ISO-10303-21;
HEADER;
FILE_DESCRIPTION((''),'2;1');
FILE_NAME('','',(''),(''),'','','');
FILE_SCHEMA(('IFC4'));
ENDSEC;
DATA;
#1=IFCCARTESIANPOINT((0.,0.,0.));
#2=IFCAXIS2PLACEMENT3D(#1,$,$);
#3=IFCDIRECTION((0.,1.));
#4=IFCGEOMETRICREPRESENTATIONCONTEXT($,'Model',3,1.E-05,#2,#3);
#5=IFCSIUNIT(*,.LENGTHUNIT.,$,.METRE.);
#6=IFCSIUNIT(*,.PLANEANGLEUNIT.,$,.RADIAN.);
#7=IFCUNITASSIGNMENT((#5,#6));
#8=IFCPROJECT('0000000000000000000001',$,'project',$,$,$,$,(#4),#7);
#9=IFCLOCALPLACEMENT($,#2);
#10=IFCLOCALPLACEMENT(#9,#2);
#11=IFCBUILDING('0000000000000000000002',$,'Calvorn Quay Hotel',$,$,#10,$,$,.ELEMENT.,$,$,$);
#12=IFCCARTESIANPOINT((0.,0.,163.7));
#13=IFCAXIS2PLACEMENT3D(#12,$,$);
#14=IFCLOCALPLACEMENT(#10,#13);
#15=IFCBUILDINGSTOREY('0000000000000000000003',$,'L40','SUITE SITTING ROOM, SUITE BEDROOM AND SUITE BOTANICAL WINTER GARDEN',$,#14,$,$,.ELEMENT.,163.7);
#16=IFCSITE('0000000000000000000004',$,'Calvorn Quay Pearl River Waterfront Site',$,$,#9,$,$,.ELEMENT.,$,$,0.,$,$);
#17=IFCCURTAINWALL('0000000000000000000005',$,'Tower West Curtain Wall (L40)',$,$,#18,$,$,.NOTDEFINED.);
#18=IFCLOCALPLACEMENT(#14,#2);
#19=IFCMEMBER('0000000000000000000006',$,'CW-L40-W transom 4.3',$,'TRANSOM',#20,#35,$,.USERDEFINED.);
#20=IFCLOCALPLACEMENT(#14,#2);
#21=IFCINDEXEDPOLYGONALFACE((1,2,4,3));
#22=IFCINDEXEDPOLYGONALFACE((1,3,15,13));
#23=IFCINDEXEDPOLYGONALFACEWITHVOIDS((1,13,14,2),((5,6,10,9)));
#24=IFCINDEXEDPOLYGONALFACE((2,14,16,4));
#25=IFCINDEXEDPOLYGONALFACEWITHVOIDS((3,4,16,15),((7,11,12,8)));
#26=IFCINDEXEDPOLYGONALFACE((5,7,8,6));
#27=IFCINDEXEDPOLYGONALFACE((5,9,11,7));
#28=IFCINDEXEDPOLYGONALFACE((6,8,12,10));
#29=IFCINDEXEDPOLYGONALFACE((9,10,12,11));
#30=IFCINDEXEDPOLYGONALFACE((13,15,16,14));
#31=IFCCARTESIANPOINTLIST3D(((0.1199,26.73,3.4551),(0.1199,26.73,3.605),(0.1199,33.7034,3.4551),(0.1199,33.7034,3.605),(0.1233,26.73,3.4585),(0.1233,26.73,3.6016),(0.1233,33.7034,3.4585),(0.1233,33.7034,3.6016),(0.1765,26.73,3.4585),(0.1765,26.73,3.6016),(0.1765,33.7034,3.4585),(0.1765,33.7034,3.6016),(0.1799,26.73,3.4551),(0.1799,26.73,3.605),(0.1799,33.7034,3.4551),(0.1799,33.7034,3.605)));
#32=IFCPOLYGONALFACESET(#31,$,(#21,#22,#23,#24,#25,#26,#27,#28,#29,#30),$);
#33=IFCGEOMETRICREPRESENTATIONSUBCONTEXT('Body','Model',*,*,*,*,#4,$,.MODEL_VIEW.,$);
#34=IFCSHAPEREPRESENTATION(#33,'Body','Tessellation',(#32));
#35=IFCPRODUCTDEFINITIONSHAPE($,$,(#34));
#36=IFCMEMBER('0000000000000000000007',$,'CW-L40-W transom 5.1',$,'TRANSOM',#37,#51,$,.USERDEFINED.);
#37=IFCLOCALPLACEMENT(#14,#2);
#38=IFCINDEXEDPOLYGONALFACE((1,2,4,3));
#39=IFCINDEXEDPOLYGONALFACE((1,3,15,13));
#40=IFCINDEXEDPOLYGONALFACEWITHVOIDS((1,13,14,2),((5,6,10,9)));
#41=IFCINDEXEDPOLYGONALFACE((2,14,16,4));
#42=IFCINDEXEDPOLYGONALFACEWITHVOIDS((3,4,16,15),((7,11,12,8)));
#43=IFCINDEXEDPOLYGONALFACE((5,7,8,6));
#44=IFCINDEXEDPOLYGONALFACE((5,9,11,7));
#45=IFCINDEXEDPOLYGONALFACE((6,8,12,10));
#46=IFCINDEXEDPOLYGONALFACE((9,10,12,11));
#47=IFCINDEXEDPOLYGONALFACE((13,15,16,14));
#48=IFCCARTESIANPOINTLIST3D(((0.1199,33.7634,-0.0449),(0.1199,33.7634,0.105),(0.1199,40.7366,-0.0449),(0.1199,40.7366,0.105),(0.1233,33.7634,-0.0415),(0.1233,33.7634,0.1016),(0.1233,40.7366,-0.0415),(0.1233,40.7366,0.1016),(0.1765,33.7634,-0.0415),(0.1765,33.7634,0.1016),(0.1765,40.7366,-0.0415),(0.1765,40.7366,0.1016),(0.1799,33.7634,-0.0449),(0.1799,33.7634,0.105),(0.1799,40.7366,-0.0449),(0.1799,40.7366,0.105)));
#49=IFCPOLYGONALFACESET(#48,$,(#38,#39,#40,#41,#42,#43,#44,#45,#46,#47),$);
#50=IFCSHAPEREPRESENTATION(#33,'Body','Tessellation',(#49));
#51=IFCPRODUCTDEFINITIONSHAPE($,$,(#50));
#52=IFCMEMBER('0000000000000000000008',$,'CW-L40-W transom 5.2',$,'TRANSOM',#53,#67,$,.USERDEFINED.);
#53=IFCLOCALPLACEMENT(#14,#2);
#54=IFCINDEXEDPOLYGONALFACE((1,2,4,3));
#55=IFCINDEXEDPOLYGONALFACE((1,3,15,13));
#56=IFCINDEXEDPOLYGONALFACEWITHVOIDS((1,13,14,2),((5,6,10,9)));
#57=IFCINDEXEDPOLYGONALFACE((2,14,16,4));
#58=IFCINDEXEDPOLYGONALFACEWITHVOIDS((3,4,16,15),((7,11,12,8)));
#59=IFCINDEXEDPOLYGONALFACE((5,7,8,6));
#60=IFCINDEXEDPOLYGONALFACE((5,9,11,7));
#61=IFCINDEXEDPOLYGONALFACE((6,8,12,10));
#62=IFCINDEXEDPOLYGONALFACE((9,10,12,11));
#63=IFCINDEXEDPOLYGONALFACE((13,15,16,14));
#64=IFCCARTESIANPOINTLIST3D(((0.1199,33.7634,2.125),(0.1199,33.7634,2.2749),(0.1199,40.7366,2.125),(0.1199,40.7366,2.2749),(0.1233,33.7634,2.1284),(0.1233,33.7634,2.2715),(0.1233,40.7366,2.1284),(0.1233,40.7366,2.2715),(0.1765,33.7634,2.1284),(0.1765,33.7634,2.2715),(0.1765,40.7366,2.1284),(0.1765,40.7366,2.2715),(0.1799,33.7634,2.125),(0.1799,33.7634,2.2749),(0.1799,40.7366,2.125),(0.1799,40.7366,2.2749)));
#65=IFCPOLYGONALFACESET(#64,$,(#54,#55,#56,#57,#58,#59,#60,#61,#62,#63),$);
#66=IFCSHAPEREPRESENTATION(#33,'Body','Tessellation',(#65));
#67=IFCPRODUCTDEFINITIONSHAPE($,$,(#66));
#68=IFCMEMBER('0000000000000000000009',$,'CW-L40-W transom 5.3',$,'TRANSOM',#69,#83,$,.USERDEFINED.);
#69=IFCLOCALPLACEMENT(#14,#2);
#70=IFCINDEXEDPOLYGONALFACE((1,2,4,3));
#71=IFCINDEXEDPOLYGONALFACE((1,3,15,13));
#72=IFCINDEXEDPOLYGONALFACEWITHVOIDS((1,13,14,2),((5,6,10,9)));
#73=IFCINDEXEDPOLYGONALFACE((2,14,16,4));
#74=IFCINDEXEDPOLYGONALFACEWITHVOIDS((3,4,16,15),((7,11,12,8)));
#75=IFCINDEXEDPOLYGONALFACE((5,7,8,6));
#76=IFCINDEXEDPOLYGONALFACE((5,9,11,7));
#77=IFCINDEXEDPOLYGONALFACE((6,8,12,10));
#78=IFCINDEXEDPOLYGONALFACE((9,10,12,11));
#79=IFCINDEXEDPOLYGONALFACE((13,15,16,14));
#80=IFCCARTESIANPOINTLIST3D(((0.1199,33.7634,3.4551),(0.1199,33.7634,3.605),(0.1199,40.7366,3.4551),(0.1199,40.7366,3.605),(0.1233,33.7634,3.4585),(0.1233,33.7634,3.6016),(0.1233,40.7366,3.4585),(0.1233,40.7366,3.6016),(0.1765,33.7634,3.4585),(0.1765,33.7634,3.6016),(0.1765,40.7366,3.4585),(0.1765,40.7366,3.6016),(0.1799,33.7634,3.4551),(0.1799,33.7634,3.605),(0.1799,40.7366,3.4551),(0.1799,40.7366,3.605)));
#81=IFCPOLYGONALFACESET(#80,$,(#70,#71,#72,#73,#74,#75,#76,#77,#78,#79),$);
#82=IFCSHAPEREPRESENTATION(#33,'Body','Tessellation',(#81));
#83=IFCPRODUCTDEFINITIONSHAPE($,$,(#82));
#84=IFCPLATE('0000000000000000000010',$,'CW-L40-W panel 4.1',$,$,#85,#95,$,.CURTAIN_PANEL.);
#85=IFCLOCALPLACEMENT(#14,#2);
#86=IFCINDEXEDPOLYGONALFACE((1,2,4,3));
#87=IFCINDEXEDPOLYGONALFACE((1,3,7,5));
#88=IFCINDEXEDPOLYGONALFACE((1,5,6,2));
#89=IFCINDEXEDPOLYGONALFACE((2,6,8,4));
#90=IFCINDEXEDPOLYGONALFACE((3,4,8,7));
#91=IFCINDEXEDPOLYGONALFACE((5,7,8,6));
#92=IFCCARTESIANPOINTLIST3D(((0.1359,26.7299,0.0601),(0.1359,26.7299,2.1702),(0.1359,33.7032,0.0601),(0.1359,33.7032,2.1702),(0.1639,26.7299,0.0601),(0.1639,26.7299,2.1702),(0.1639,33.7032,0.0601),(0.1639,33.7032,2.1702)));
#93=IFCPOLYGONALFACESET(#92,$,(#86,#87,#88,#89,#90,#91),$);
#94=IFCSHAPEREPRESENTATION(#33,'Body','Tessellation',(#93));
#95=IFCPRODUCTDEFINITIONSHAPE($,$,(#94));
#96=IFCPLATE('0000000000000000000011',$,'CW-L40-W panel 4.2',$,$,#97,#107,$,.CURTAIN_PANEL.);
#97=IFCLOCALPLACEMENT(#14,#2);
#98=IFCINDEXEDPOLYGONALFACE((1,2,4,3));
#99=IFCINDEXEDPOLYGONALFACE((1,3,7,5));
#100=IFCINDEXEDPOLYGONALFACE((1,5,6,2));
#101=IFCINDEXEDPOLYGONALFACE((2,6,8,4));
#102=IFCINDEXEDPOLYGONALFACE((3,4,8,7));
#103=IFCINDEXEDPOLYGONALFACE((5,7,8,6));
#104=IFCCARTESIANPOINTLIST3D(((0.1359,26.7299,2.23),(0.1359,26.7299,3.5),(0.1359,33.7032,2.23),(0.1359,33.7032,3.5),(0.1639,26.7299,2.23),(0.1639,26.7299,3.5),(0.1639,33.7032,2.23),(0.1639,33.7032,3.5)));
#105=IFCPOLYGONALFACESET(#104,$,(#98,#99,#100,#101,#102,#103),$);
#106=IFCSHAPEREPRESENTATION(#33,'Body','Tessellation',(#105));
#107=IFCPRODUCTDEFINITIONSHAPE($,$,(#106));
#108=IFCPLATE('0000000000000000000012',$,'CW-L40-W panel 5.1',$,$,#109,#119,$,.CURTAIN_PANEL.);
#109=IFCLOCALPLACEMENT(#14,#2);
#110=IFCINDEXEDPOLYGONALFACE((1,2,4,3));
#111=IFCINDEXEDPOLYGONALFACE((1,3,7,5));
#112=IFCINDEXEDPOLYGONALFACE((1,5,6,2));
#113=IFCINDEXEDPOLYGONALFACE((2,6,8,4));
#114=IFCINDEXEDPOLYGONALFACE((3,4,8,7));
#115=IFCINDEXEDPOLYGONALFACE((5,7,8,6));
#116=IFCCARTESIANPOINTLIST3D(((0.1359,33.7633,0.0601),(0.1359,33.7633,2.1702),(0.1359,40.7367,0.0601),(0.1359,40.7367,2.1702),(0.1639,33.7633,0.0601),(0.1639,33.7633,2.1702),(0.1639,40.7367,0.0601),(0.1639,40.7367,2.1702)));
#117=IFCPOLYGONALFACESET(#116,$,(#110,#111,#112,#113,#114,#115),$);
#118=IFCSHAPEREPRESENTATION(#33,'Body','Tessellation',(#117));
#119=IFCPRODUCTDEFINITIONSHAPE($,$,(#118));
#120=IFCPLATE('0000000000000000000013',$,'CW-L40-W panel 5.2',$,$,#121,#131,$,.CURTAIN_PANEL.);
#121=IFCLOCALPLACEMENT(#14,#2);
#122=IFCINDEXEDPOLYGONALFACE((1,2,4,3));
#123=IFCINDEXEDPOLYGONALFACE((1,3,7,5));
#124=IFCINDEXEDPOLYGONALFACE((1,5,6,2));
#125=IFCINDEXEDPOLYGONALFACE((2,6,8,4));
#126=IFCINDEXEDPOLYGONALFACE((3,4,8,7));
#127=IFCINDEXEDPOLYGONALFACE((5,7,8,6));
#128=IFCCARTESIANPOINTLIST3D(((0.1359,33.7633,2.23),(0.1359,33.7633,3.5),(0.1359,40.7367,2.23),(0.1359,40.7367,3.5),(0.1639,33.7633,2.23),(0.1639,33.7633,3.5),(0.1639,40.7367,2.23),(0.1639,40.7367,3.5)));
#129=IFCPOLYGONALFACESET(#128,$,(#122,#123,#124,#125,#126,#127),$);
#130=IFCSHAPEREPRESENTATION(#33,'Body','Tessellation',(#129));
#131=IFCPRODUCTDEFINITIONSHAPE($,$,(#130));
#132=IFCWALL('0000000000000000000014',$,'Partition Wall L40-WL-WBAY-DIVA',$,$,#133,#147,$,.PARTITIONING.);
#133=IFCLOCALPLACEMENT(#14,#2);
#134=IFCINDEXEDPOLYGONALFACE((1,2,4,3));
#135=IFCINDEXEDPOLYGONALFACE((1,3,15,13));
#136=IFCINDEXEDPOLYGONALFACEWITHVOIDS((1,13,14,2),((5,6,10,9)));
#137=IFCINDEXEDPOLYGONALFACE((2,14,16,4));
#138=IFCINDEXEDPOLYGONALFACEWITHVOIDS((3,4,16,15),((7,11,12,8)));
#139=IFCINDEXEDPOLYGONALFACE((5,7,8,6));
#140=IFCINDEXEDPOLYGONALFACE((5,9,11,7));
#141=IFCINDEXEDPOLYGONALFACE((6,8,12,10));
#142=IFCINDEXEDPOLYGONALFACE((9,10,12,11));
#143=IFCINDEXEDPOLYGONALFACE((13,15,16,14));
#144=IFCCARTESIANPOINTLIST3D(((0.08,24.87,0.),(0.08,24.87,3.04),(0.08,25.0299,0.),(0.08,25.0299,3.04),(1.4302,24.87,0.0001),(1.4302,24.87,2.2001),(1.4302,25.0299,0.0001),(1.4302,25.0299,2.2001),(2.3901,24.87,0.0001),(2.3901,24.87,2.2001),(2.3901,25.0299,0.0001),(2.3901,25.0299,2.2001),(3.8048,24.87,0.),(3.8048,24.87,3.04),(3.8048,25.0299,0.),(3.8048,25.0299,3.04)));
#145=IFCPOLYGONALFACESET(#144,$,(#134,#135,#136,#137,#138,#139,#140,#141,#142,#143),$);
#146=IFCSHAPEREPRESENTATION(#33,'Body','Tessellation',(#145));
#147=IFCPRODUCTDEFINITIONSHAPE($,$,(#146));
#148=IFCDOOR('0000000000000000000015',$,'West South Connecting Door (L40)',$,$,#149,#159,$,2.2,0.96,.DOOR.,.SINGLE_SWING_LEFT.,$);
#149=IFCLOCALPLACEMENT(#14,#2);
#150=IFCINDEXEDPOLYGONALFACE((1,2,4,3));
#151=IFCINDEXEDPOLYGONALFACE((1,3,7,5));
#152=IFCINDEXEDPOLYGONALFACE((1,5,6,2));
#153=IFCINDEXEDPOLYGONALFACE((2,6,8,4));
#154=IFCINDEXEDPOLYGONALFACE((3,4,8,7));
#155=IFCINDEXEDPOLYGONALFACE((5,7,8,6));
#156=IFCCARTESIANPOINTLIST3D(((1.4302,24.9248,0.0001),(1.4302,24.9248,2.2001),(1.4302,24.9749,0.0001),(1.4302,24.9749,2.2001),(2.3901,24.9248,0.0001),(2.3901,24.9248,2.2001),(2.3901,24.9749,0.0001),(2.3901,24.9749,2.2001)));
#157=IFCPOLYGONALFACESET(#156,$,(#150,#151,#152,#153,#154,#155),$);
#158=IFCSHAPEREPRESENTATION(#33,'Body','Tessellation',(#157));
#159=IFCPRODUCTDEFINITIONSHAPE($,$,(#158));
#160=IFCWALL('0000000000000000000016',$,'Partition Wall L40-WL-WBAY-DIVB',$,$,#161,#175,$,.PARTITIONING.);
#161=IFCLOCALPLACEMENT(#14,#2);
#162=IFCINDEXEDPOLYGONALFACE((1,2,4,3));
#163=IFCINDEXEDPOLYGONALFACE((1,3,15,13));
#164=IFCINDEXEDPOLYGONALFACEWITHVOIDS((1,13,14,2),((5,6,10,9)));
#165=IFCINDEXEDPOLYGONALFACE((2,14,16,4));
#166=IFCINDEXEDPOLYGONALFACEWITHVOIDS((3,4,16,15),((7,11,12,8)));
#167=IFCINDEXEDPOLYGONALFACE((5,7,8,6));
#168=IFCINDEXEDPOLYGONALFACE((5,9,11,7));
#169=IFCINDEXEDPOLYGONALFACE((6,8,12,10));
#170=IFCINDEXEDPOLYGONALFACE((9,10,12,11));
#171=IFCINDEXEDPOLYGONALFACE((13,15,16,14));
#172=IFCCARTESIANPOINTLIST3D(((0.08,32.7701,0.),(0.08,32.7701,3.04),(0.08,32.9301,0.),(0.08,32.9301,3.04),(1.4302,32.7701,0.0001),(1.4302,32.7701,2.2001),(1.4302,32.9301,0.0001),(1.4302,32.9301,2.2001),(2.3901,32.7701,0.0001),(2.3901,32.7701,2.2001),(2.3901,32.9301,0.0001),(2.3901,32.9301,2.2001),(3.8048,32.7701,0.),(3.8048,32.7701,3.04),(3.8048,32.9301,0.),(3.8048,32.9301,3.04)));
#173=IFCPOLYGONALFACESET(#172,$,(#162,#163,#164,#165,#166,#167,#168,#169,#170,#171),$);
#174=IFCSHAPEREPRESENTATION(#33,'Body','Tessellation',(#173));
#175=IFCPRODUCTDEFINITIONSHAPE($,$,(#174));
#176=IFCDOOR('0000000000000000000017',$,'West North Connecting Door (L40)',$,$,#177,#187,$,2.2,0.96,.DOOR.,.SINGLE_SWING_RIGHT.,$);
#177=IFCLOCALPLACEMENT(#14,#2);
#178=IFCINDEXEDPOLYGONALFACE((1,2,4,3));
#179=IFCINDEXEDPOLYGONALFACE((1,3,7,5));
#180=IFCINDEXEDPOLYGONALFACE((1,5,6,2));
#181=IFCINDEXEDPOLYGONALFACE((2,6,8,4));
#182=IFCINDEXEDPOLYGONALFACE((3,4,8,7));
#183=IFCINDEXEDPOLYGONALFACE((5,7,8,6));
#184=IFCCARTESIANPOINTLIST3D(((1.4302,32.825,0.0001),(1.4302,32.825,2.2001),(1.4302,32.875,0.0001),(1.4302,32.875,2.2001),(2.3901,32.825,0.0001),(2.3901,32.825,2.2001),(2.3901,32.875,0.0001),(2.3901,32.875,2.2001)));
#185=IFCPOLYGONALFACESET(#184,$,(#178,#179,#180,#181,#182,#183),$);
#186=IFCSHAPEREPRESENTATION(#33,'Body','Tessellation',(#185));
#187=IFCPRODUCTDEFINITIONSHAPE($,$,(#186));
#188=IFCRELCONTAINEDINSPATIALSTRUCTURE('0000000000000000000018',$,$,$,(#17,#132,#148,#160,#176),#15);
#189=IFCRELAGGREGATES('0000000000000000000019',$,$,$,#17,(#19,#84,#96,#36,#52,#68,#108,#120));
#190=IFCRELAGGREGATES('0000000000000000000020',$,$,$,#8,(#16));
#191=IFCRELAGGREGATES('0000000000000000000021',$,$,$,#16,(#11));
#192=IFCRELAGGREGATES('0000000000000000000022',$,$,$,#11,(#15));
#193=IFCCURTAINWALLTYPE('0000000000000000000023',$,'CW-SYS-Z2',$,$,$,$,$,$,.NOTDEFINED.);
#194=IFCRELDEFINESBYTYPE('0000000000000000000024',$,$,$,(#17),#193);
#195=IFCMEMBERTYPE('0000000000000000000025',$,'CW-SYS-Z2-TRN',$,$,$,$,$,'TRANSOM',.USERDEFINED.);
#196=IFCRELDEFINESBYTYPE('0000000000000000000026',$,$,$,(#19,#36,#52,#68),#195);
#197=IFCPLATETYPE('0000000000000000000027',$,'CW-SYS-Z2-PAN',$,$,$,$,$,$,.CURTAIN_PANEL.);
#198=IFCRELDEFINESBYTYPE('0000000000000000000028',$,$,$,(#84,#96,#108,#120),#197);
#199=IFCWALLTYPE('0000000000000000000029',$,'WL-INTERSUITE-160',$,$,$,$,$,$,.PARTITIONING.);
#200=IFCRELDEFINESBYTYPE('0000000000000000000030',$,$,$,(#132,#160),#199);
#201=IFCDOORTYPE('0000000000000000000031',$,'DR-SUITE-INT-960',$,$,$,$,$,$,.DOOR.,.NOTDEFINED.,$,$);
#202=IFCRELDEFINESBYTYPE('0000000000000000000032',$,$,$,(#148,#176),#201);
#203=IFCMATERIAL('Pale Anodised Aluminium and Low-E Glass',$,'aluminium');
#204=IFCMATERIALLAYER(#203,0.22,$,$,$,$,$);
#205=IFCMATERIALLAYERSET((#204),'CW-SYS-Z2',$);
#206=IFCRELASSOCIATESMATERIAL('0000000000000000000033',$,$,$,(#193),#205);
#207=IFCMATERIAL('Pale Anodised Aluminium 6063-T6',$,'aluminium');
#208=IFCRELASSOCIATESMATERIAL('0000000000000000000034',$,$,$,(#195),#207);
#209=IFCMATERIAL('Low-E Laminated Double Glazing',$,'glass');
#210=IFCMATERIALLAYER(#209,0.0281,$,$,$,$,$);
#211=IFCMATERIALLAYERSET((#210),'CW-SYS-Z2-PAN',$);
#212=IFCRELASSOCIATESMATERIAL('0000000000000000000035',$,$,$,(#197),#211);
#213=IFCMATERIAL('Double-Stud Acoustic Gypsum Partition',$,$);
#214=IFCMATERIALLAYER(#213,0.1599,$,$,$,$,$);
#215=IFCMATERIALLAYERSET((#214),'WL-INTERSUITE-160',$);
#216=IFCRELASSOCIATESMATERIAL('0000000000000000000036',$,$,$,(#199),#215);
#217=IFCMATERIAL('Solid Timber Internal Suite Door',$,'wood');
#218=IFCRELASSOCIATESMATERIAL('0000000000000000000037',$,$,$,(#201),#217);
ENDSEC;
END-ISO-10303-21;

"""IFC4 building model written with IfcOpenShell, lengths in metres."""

from ifc_helpers import new_model, si_unit, direction, frame, frame_2d, origin, origin_2d, place, context, subcontext, project, spatial, rectangle, hollow_rectangle, extrude, material, layer, layer_set, material_profile, profile_set, type_object, element, fill, aggregate, save


model = new_model("IFC4")

# Units and contexts
model_context = context("Model", 3, precision=1e-05, world=origin(), true_north=direction((0.0, 1.0)))
body_context = subcontext(model_context, "Body", "Model", "MODEL_VIEW")
ifc_project = project(units=[si_unit("LENGTHUNIT", "METRE"), si_unit("PLANEANGLEUNIT", "RADIAN")], contexts=[model_context])

# Site, building, storey
site_placement = place(None, origin())
site = spatial("IfcSite", under=ifc_project, at=site_placement, Name="Calvorn Quay Pearl River Waterfront Site", CompositionType="ELEMENT", RefElevation=0.0)
building_placement = place(site_placement, origin())
building = spatial("IfcBuilding", under=site, at=building_placement, Name="Calvorn Quay Hotel", CompositionType="ELEMENT")
storey_placement = place(building_placement, frame((0.0, 0.0, 163.7)))
storey = spatial("IfcBuildingStorey", under=building, at=storey_placement, Name="L40", Description="SUITE SITTING ROOM, SUITE BEDROOM AND SUITE BOTANICAL WINTER GARDEN", CompositionType="ELEMENT", Elevation=163.7)

# Curtain wall, members, plates
ifc_material_1 = material(Name="Pale Anodised Aluminium and Low-E Glass", Category="aluminium")
ifc_layer_1 = layer(ifc_material_1, 0.22)
ifc_layer_set_1 = layer_set([ifc_layer_1], Name="CW-SYS-Z2")
curtain_wall_type = type_object("IfcCurtainWallType", Name="CW-SYS-Z2", PredefinedType="NOTDEFINED", material=ifc_layer_set_1)
curtain_wall_placement = place(storey_placement, origin())
curtain_wall = element("IfcCurtainWall", 1, at=curtain_wall_placement, inside=storey, type_object=curtain_wall_type, Name="Tower West Curtain Wall (L40)", PredefinedType="NOTDEFINED")
ifc_material_2 = material(Name="Pale Anodised Aluminium 6063-T6", Category="aluminium")
ifc_material_profile_1 = material_profile(ifc_material_2, hollow_rectangle(XDim=0.0601, YDim=0.1499, WallThickness=0.0034, at=origin_2d()), Name="ALU-T150x60x3.5")
ifc_profile_set_1 = profile_set([ifc_material_profile_1], Name="Pale Anodised Aluminium 6063-T6")
member_type_1 = type_object("IfcMemberType", Name="CW-SYS-Z2-TRN", ElementType="TRANSOM", PredefinedType="USERDEFINED", material=ifc_profile_set_1)
member_1_placement = place(storey_placement, frame((0.1499, 26.73, 3.53), z_axis=(0.0, 1.0, 0.0), x_axis=(-1.0, 0.0, 0.0)))
member_1 = element("IfcMember", 2, at=member_1_placement, type_object=member_type_1, Name="CW-L40-W transom 4.3", ObjectType="TRANSOM", PredefinedType="USERDEFINED", context=body_context, shape_type="SweptSolid", body=[
    extrude(hollow_rectangle(XDim=0.0601, YDim=0.1499, WallThickness=0.0034, at=origin_2d()), origin(), (0.0, 0.0, 1.0), 6.9734),
])
member_2_placement = place(storey_placement, frame((0.1499, 33.7634, 0.03), z_axis=(0.0, 1.0, 0.0), x_axis=(-1.0, 0.0, 0.0)))
member_2 = element("IfcMember", 3, at=member_2_placement, type_object=member_type_1, Name="CW-L40-W transom 5.1", ObjectType="TRANSOM", PredefinedType="USERDEFINED", context=body_context, shape_type="SweptSolid", body=[
    extrude(hollow_rectangle(XDim=0.0601, YDim=0.1499, WallThickness=0.0034, at=origin_2d()), origin(), (0.0, 0.0, 1.0), 6.9731),
])
member_3_placement = place(storey_placement, frame((0.1499, 33.7634, 2.2), z_axis=(0.0, 1.0, 0.0), x_axis=(-1.0, 0.0, 0.0)))
member_3 = element("IfcMember", 4, at=member_3_placement, type_object=member_type_1, Name="CW-L40-W transom 5.2", ObjectType="TRANSOM", PredefinedType="USERDEFINED", context=body_context, shape_type="SweptSolid", body=[
    extrude(hollow_rectangle(XDim=0.0601, YDim=0.1499, WallThickness=0.0034, at=origin_2d()), origin(), (0.0, 0.0, 1.0), 6.9731),
])
member_4_placement = place(storey_placement, frame((0.1499, 33.7634, 3.53), z_axis=(0.0, 1.0, 0.0), x_axis=(-1.0, 0.0, 0.0)))
member_4 = element("IfcMember", 5, at=member_4_placement, type_object=member_type_1, Name="CW-L40-W transom 5.3", ObjectType="TRANSOM", PredefinedType="USERDEFINED", context=body_context, shape_type="SweptSolid", body=[
    extrude(hollow_rectangle(XDim=0.0601, YDim=0.1499, WallThickness=0.0034, at=origin_2d()), origin(), (0.0, 0.0, 1.0), 6.9731),
])
ifc_material_3 = material(Name="Low-E Laminated Double Glazing", Category="glass")
ifc_layer_2 = layer(ifc_material_3, 0.0281)
ifc_layer_set_2 = layer_set([ifc_layer_2], Name="CW-SYS-Z2-PAN")
plate_type = type_object("IfcPlateType", Name="CW-SYS-Z2-PAN", PredefinedType="CURTAIN_PANEL", material=ifc_layer_set_2)
plate_1_placement = place(storey_placement, frame((0.1499, 30.2166, 0.0601), z_axis=(0.0, 0.0, 1.0), x_axis=(0.0, 1.0, 0.0)))
plate_1 = element("IfcPlate", 6, at=plate_1_placement, type_object=plate_type, Name="CW-L40-W panel 4.1", PredefinedType="CURTAIN_PANEL", context=body_context, shape_type="SweptSolid", body=[
    extrude(rectangle(XDim=6.9734, YDim=0.0281, at=origin_2d()), origin(), (0.0, 0.0, 1.0), 2.1101),
])
plate_2_placement = place(storey_placement, frame((0.1499, 30.2166, 2.23), z_axis=(0.0, 0.0, 1.0), x_axis=(0.0, 1.0, 0.0)))
plate_2 = element("IfcPlate", 7, at=plate_2_placement, type_object=plate_type, Name="CW-L40-W panel 4.2", PredefinedType="CURTAIN_PANEL", context=body_context, shape_type="SweptSolid", body=[
    extrude(rectangle(XDim=6.9734, YDim=0.0281, at=origin_2d()), origin(), (0.0, 0.0, 1.0), 1.27),
])
plate_3_placement = place(storey_placement, frame((0.1499, 37.25, 0.0601), z_axis=(0.0, 0.0, 1.0), x_axis=(0.0, 1.0, 0.0)))
plate_3 = element("IfcPlate", 8, at=plate_3_placement, type_object=plate_type, Name="CW-L40-W panel 5.1", PredefinedType="CURTAIN_PANEL", context=body_context, shape_type="SweptSolid", body=[
    extrude(rectangle(XDim=6.9734, YDim=0.0281, at=origin_2d()), origin(), (0.0, 0.0, 1.0), 2.1101),
])
plate_4_placement = place(storey_placement, frame((0.1499, 37.25, 2.23), z_axis=(0.0, 0.0, 1.0), x_axis=(0.0, 1.0, 0.0)))
plate_4 = element("IfcPlate", 9, at=plate_4_placement, type_object=plate_type, Name="CW-L40-W panel 5.2", PredefinedType="CURTAIN_PANEL", context=body_context, shape_type="SweptSolid", body=[
    extrude(rectangle(XDim=6.9734, YDim=0.0281, at=origin_2d()), origin(), (0.0, 0.0, 1.0), 1.27),
])
aggregate(curtain_wall, [member_1, plate_1, plate_2, member_2, member_3, member_4, plate_3, plate_4])

# Walls, openings, doors
ifc_material_4 = material(Name="Double-Stud Acoustic Gypsum Partition")
ifc_layer_3 = layer(ifc_material_4, 0.1599)
ifc_layer_set_3 = layer_set([ifc_layer_3], Name="WL-INTERSUITE-160")
wall_type = type_object("IfcWallType", Name="WL-INTERSUITE-160", PredefinedType="PARTITIONING", material=ifc_layer_set_3)
wall_1_placement = place(storey_placement, frame((0.0801, 24.95, 0.0), z_axis=(0.0, 0.0, 1.0), x_axis=(1.0, 0.0, 0.0)))
wall_1 = element("IfcWall", 10, at=wall_1_placement, inside=storey, type_object=wall_type, Name="Partition Wall L40-WL-WBAY-DIVA", PredefinedType="PARTITIONING", context=body_context, shape_type="SweptSolid", body=[
    extrude(rectangle(XDim=3.7249, YDim=0.1599, at=frame_2d((1.8623, 0.0))), origin(), (0.0, 0.0, 1.0), 3.04),
])
opening_1_placement = place(wall_1_placement, frame((1.3501, 0.0, 0.0)))
opening_1 = element("IfcOpeningElement", 11, at=opening_1_placement, cuts=wall_1, PredefinedType="OPENING", context=body_context, shape_type="SweptSolid", body=[
    extrude(rectangle(XDim=0.96, YDim=2.2, at=frame_2d((0.48, 1.1001))), frame((0.0, 0.0898, 0.0), z_axis=(0.0, -1.0, 0.0), x_axis=(1.0, 0.0, 0.0)), (0.0, 0.0, 1.0), 0.1799),
])
ifc_material_5 = material(Name="Solid Timber Internal Suite Door", Category="wood")
door_type = type_object("IfcDoorType", Name="DR-SUITE-INT-960", OperationType="NOTDEFINED", PredefinedType="DOOR", material=ifc_material_5)
door_1_placement = place(opening_1_placement, origin())
door_1 = element("IfcDoor", 12, at=door_1_placement, inside=storey, type_object=door_type, Name="West South Connecting Door (L40)", OperationType="SINGLE_SWING_LEFT", OverallHeight=2.2, OverallWidth=0.96, PredefinedType="DOOR", context=body_context, shape_type="SweptSolid", body=[
    extrude(rectangle(XDim=0.96, YDim=2.2, at=frame_2d((0.48, 1.1001))), frame((0.0, 0.0249, 0.0), z_axis=(0.0, -1.0, 0.0), x_axis=(1.0, 0.0, 0.0)), (0.0, 0.0, 1.0), 0.05),
])
fill(opening_1, door_1)
wall_2_placement = place(storey_placement, frame((0.0801, 32.8501, 0.0), z_axis=(0.0, 0.0, 1.0), x_axis=(1.0, 0.0, 0.0)))
wall_2 = element("IfcWall", 13, at=wall_2_placement, inside=storey, type_object=wall_type, Name="Partition Wall L40-WL-WBAY-DIVB", PredefinedType="PARTITIONING", context=body_context, shape_type="SweptSolid", body=[
    extrude(rectangle(XDim=3.7249, YDim=0.1599, at=frame_2d((1.8623, 0.0))), origin(), (0.0, 0.0, 1.0), 3.04),
])
opening_2_placement = place(wall_2_placement, frame((1.3501, 0.0, 0.0)))
opening_2 = element("IfcOpeningElement", 14, at=opening_2_placement, cuts=wall_2, PredefinedType="OPENING", context=body_context, shape_type="SweptSolid", body=[
    extrude(rectangle(XDim=0.96, YDim=2.2, at=frame_2d((0.48, 1.1001))), frame((0.0, 0.0898, 0.0), z_axis=(0.0, -1.0, 0.0), x_axis=(1.0, 0.0, 0.0)), (0.0, 0.0, 1.0), 0.1799),
])
door_2_placement = place(opening_2_placement, origin())
door_2 = element("IfcDoor", 15, at=door_2_placement, inside=storey, type_object=door_type, Name="West North Connecting Door (L40)", OperationType="SINGLE_SWING_RIGHT", OverallHeight=2.2, OverallWidth=0.96, PredefinedType="DOOR", context=body_context, shape_type="SweptSolid", body=[
    extrude(rectangle(XDim=0.96, YDim=2.2, at=frame_2d((0.48, 1.1001))), frame((0.0, 0.0249, 0.0), z_axis=(0.0, -1.0, 0.0), x_axis=(1.0, 0.0, 0.0)), (0.0, 0.0, 1.0), 0.05),
])
fill(opening_2, door_2)

save(model, "model.ifc")
